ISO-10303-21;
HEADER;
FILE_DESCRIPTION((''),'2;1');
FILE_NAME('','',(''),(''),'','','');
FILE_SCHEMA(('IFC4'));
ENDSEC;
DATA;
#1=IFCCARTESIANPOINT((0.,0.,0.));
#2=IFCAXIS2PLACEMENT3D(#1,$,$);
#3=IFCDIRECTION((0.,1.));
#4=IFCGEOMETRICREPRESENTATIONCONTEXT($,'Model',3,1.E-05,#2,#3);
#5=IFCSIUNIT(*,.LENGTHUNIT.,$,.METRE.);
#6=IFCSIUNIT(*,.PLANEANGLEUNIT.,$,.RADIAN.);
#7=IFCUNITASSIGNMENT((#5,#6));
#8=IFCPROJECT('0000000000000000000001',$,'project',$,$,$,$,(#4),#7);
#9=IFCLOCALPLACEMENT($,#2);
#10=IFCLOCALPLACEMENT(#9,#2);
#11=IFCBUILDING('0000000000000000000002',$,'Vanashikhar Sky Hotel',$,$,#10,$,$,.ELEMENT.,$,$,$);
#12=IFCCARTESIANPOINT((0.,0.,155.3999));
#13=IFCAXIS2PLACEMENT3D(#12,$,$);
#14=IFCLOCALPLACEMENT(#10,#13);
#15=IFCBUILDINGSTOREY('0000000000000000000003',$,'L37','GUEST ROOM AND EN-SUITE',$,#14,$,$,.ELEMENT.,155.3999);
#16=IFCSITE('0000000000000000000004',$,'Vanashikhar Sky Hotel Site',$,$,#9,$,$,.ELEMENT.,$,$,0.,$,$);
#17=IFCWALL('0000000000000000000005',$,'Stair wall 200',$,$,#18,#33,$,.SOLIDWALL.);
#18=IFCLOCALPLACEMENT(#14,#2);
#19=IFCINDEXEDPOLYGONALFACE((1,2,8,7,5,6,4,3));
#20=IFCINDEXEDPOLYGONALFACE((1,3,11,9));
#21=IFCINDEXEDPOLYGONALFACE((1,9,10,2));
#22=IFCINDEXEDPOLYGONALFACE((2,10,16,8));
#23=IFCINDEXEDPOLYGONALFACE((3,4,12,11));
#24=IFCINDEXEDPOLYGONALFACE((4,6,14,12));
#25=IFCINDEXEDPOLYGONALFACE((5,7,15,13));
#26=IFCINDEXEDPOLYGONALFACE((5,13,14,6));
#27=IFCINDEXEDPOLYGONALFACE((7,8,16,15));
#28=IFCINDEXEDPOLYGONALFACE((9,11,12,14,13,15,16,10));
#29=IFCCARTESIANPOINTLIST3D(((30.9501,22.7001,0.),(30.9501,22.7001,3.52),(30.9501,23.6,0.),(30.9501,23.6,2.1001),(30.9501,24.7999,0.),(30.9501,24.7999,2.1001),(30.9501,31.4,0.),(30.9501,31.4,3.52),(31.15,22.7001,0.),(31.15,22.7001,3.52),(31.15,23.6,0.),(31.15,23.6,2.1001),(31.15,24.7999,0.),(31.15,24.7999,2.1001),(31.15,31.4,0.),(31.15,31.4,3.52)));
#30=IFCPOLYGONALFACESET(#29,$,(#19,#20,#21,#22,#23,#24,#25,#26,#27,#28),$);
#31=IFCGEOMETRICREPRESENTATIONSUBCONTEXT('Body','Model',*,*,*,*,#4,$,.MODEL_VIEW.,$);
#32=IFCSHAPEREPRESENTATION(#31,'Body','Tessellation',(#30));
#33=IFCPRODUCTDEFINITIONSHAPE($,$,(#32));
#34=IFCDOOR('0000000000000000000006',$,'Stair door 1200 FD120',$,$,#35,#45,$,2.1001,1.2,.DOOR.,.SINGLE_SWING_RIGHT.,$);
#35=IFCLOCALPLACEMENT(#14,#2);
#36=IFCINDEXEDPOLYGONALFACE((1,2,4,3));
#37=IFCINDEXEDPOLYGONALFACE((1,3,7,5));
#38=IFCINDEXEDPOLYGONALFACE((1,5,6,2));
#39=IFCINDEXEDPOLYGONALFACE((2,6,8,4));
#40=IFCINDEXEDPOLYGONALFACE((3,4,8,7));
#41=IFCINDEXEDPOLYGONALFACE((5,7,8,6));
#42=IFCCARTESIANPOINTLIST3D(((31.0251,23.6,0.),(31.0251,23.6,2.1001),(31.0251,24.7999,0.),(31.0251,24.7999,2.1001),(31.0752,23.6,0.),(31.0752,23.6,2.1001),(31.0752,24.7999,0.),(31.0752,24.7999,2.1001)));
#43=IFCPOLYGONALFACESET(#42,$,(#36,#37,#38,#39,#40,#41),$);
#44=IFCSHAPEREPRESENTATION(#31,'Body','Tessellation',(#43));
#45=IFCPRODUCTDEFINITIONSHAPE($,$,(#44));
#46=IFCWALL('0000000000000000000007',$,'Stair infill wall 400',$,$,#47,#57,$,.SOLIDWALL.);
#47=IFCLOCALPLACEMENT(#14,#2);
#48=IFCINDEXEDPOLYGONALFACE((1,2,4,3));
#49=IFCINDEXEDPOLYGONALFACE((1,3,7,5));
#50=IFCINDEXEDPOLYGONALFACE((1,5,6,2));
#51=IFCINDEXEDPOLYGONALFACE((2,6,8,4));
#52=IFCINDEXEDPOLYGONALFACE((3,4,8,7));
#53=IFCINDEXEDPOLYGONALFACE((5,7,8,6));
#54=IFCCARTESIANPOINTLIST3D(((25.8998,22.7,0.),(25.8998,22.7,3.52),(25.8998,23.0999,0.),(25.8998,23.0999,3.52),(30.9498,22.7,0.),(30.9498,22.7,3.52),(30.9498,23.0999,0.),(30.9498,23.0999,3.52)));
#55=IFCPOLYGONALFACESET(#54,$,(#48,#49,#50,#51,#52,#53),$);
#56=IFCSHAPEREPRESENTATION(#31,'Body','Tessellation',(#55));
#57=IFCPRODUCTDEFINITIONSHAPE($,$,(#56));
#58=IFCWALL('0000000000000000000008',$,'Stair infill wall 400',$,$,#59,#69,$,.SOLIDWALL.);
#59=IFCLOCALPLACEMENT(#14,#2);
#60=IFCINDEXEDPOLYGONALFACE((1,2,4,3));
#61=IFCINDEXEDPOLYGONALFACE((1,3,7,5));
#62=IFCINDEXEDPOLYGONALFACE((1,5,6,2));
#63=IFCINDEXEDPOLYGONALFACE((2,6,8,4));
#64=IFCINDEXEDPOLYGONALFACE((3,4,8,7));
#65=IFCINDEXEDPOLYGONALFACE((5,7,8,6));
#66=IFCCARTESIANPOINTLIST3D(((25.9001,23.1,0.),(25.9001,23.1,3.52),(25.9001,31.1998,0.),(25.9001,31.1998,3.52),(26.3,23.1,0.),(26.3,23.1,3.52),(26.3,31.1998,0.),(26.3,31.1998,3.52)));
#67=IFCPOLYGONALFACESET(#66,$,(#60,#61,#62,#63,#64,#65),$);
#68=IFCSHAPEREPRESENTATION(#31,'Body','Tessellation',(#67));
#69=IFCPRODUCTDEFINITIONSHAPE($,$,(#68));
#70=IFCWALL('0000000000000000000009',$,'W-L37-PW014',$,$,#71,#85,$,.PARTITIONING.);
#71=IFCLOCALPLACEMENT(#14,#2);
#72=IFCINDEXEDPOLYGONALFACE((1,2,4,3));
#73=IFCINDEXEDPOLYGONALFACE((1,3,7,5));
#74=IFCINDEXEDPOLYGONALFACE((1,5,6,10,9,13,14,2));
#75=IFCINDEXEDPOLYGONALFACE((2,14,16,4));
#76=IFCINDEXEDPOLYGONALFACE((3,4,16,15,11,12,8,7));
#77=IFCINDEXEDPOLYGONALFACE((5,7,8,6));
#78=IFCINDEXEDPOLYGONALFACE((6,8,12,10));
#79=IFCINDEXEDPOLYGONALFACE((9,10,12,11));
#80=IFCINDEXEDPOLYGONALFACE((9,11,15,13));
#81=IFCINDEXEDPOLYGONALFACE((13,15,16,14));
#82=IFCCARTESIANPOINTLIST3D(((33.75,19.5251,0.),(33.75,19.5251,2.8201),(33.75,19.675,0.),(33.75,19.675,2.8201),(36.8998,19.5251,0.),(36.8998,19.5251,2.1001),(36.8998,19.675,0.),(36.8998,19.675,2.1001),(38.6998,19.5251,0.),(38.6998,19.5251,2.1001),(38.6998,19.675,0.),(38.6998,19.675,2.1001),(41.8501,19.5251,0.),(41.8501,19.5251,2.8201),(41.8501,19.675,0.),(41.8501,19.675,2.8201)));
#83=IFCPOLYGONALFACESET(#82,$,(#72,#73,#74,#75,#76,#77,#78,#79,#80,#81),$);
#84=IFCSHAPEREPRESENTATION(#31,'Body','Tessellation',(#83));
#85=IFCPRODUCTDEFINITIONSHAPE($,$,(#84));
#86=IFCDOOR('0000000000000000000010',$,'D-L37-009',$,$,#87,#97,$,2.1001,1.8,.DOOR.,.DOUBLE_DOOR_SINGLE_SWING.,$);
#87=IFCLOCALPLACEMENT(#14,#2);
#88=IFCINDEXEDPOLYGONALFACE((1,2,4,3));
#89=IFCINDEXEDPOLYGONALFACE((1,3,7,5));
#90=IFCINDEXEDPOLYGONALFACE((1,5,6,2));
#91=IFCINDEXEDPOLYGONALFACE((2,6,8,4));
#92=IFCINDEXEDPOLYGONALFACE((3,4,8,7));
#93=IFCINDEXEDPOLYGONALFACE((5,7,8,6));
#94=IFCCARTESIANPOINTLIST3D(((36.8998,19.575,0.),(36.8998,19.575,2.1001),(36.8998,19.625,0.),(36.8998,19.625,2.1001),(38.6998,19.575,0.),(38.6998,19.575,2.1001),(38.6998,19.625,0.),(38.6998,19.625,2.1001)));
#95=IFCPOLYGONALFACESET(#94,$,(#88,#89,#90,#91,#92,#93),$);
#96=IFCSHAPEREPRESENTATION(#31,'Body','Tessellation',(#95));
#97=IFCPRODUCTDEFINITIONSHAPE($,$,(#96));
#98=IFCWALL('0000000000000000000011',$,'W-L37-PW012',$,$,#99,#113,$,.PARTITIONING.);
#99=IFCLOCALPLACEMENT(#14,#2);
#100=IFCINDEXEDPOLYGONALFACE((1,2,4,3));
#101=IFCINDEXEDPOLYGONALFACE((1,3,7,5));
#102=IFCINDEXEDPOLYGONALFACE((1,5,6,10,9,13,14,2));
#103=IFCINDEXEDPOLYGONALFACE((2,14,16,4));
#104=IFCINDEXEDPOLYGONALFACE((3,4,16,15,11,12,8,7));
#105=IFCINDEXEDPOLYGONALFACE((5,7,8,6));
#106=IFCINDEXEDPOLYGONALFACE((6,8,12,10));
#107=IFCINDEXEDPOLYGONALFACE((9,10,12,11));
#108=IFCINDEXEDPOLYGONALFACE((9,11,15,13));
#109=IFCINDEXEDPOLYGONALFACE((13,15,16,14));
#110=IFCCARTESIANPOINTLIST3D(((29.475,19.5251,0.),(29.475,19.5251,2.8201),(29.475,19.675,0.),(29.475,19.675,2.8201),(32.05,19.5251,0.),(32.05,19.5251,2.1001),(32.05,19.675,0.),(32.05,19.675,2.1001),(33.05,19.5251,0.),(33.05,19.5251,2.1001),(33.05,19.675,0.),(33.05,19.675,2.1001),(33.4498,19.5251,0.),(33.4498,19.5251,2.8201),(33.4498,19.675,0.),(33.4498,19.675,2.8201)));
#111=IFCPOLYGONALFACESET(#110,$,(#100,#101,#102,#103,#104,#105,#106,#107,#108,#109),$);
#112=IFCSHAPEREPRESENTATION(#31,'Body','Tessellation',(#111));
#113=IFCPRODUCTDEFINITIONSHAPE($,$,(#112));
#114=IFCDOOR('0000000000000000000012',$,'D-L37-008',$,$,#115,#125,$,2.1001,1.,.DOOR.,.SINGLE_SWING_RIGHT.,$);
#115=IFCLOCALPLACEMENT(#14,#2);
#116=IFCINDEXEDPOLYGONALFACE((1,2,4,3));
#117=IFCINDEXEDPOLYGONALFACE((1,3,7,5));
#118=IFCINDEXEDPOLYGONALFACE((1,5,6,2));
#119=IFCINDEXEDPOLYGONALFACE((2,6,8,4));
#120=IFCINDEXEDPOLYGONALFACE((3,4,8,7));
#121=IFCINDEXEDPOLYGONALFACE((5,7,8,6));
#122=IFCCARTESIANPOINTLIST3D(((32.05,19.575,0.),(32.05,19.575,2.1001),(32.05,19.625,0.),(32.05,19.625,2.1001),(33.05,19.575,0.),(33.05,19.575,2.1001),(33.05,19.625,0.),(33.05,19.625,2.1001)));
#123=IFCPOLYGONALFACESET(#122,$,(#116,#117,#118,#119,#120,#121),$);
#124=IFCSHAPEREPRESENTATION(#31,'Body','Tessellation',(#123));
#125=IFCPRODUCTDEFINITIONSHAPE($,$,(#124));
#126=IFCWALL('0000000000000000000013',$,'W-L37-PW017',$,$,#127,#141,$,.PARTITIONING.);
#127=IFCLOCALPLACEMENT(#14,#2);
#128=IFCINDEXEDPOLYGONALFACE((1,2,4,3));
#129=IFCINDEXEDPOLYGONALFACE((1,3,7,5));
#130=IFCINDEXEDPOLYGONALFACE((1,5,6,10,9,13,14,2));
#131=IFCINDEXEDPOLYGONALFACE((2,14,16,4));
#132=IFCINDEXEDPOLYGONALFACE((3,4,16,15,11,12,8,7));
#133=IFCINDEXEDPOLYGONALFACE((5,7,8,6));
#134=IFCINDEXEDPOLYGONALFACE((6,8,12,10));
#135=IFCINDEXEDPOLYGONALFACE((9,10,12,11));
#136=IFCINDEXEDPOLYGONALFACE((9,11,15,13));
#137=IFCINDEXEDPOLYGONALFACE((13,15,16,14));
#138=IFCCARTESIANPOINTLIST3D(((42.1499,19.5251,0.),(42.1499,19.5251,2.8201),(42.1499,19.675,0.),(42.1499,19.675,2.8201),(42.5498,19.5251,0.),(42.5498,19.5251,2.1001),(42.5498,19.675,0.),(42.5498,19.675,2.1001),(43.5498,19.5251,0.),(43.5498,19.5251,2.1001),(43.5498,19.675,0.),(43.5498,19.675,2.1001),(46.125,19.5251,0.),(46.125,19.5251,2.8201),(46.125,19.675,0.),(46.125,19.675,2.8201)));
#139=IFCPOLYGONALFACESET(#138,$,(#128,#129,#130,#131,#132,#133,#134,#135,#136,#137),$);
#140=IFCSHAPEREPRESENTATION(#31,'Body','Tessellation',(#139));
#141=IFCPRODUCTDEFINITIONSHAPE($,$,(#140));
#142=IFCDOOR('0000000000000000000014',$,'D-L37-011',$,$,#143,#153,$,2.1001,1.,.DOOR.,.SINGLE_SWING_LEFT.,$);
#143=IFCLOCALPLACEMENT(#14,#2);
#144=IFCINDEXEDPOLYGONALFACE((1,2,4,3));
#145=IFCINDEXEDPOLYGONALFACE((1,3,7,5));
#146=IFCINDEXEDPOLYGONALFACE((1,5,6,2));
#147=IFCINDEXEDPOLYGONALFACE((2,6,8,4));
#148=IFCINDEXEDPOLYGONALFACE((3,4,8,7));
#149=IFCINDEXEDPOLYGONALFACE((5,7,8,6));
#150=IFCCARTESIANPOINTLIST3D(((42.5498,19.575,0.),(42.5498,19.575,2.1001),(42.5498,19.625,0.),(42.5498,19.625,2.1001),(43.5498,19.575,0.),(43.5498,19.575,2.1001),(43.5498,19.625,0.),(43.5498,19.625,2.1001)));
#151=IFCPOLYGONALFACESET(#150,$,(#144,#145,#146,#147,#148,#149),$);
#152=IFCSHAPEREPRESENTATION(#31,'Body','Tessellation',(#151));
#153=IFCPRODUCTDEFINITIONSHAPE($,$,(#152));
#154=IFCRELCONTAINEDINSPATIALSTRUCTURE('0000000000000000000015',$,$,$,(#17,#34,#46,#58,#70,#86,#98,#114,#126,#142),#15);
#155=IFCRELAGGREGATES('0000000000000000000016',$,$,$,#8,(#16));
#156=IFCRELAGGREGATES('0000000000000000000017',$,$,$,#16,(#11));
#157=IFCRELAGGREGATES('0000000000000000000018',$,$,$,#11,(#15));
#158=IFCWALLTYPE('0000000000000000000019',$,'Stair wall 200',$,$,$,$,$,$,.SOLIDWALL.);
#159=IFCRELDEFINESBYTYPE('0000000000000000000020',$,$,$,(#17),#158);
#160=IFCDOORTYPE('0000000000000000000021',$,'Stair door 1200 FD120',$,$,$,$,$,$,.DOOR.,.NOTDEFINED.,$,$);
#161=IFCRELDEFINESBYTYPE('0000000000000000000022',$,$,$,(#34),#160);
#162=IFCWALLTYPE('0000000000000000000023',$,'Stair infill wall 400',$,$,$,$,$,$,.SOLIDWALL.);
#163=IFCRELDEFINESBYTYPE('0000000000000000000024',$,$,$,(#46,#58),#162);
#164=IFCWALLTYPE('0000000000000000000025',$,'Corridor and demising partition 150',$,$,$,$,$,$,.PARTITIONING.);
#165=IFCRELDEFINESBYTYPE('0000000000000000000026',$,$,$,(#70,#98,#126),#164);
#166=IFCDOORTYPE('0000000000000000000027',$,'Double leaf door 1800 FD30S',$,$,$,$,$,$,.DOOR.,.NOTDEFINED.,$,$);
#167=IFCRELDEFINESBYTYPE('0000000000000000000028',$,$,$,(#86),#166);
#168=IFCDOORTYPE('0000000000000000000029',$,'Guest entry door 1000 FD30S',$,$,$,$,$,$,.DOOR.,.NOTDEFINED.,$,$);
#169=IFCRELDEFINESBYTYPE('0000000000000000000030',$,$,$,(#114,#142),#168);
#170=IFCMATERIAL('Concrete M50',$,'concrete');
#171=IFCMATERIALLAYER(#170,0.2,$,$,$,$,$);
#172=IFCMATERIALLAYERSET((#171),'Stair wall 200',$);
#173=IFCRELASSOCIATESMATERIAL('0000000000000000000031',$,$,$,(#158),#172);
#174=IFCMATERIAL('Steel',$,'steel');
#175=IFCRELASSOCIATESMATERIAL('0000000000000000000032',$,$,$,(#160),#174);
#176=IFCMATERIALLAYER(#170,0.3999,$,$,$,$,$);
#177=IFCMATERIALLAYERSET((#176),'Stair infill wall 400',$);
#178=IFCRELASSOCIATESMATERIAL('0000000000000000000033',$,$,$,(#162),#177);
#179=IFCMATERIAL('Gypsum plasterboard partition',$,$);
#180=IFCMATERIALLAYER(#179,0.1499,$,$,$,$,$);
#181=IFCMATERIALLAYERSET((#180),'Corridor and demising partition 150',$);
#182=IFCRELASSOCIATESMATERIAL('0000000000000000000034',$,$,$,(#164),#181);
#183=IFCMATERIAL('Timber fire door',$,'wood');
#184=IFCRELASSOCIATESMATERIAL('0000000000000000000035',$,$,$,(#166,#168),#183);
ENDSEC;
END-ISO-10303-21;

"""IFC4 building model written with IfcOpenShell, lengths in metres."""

from ifc_helpers import new_model, si_unit, direction, frame, frame_2d, origin, place, context, subcontext, project, spatial, rectangle, extrude, source, transform, mapped, material, layer, layer_set, type_object, element, fill, save


model = new_model("IFC4")

# Units and contexts
model_context = context("Model", 3, precision=1e-05, world=origin(), true_north=direction((0.0, 1.0)))
body_context = subcontext(model_context, "Body", "Model", "MODEL_VIEW")
ifc_project = project(units=[si_unit("LENGTHUNIT", "METRE"), si_unit("PLANEANGLEUNIT", "RADIAN")], contexts=[model_context])

# Site, building, storey
site_placement = place(None, origin())
site = spatial("IfcSite", under=ifc_project, at=site_placement, Name="Vanashikhar Sky Hotel Site", CompositionType="ELEMENT", RefElevation=0.0)
building_placement = place(site_placement, origin())
building = spatial("IfcBuilding", under=site, at=building_placement, Name="Vanashikhar Sky Hotel", CompositionType="ELEMENT")
storey_placement = place(building_placement, frame((0.0, 0.0, 155.3999)))
storey = spatial("IfcBuildingStorey", under=building, at=storey_placement, Name="L37", Description="GUEST ROOM AND EN-SUITE", CompositionType="ELEMENT", Elevation=155.3999)

# Shared definitions
ifc_material_1 = material(Name="Steel", Category="steel")

# Wall, opening, door
ifc_material_2 = material(Name="Concrete M50", Category="concrete")
ifc_layer_1 = layer(ifc_material_2, 0.2)
ifc_layer_set_1 = layer_set([ifc_layer_1], Name="Stair wall 200")
wall_type_1 = type_object("IfcWallType", Name="Stair wall 200", PredefinedType="SOLIDWALL", material=ifc_layer_set_1)
shared_shape_1 = source(origin(), body_context, "Body", "SweptSolid", [
    extrude(rectangle(XDim=8.7, YDim=0.2, at=frame_2d((4.3501, 0.0))), origin(), (0.0, 0.0, 1.0), 3.52),
])
wall_1_placement = place(storey_placement, frame((31.05, 22.7, 0.0), z_axis=(0.0, 0.0, 1.0), x_axis=(0.0, 1.0, 0.0)))
wall_1 = element("IfcWall", 1, at=wall_1_placement, inside=storey, type_object=wall_type_1, Name="Stair wall 200", PredefinedType="SOLIDWALL", context=body_context, shape_type="MappedRepresentation", body=[
    mapped(shared_shape_1, transform((0.0, 0.0, 0.0), scale=1.0)),
])
shared_shape_2 = source(origin(), body_context, "Body", "SweptSolid", [
    extrude(rectangle(XDim=1.2, YDim=2.1001, at=frame_2d((0.6001, 1.05))), frame((0.0, 0.1099, 0.0), z_axis=(0.0, -1.0, 0.0), x_axis=(1.0, 0.0, 0.0)), (0.0, 0.0, 1.0), 0.22),
])
opening_1_placement = place(wall_1_placement, frame((0.8999, 0.0, 0.0)))
opening_1 = element("IfcOpeningElement", 2, at=opening_1_placement, cuts=wall_1, PredefinedType="OPENING", context=body_context, shape_type="MappedRepresentation", body=[
    mapped(shared_shape_2, transform((0.0, 0.0, 0.0), scale=1.0)),
])
door_type_1 = type_object("IfcDoorType", Name="Stair door 1200 FD120", OperationType="NOTDEFINED", PredefinedType="DOOR", material=ifc_material_1)
shared_shape_3 = source(origin(), body_context, "Body", "SweptSolid", [
    extrude(rectangle(XDim=1.2, YDim=2.1001, at=frame_2d((0.6001, 1.05))), frame((0.0, 0.0249, 0.0), z_axis=(0.0, -1.0, 0.0), x_axis=(1.0, 0.0, 0.0)), (0.0, 0.0, 1.0), 0.05),
])
door_1_placement = place(opening_1_placement, origin())
door_1 = element("IfcDoor", 3, at=door_1_placement, inside=storey, type_object=door_type_1, Name="Stair door 1200 FD120", OperationType="SINGLE_SWING_RIGHT", OverallHeight=2.1001, OverallWidth=1.2, PredefinedType="DOOR", context=body_context, shape_type="MappedRepresentation", body=[
    mapped(shared_shape_3, transform((0.0, 0.0, 0.0), scale=1.0)),
])
fill(opening_1, door_1)

# Walls
ifc_layer_2 = layer(ifc_material_2, 0.3999)
ifc_layer_set_2 = layer_set([ifc_layer_2], Name="Stair infill wall 400")
wall_type_2 = type_object("IfcWallType", Name="Stair infill wall 400", PredefinedType="SOLIDWALL", material=ifc_layer_set_2)
shared_shape_4 = source(origin(), body_context, "Body", "SweptSolid", [
    extrude(rectangle(XDim=5.05, YDim=0.3999, at=frame_2d((2.5249, 0.0))), origin(), (0.0, 0.0, 1.0), 3.52),
])
wall_2_placement = place(storey_placement, frame((25.8999, 22.8999, 0.0), z_axis=(0.0, 0.0, 1.0), x_axis=(1.0, 0.0, 0.0)))
element("IfcWall", 4, at=wall_2_placement, inside=storey, type_object=wall_type_2, Name="Stair infill wall 400", PredefinedType="SOLIDWALL", context=body_context, shape_type="MappedRepresentation", body=[
    mapped(shared_shape_4, transform((0.0, 0.0, 0.0), scale=1.0)),
])
shared_shape_5 = source(origin(), body_context, "Body", "SweptSolid", [
    extrude(rectangle(XDim=8.0999, YDim=0.3999, at=frame_2d((4.0498, 0.0))), origin(), (0.0, 0.0, 1.0), 3.52),
])
wall_3_placement = place(storey_placement, frame((26.1001, 23.1001, 0.0), z_axis=(0.0, 0.0, 1.0), x_axis=(0.0, 1.0, 0.0)))
element("IfcWall", 5, at=wall_3_placement, inside=storey, type_object=wall_type_2, Name="Stair infill wall 400", PredefinedType="SOLIDWALL", context=body_context, shape_type="MappedRepresentation", body=[
    mapped(shared_shape_5, transform((0.0, 0.0, 0.0), scale=1.0)),
])

# Walls, openings, doors
ifc_material_3 = material(Name="Gypsum plasterboard partition")
ifc_layer_3 = layer(ifc_material_3, 0.1499)
ifc_layer_set_3 = layer_set([ifc_layer_3], Name="Corridor and demising partition 150")
wall_type_3 = type_object("IfcWallType", Name="Corridor and demising partition 150", PredefinedType="PARTITIONING", material=ifc_layer_set_3)
shared_shape_6 = source(origin(), body_context, "Body", "SweptSolid", [
    extrude(rectangle(XDim=8.1001, YDim=0.1499, at=frame_2d((4.05, 0.0))), origin(), (0.0, 0.0, 1.0), 2.8201),
])
wall_4_placement = place(storey_placement, frame((33.75, 19.6001, 0.0), z_axis=(0.0, 0.0, 1.0), x_axis=(1.0, 0.0, 0.0)))
wall_4 = element("IfcWall", 6, at=wall_4_placement, inside=storey, type_object=wall_type_3, Name="W-L37-PW014", PredefinedType="PARTITIONING", context=body_context, shape_type="MappedRepresentation", body=[
    mapped(shared_shape_6, transform((0.0, 0.0, 0.0), scale=1.0)),
])
shared_shape_7 = source(origin(), body_context, "Body", "SweptSolid", [
    extrude(rectangle(XDim=1.8, YDim=2.1001, at=frame_2d((0.8999, 1.05))), frame((0.0, 0.085, 0.0), z_axis=(0.0, -1.0, 0.0), x_axis=(1.0, 0.0, 0.0)), (0.0, 0.0, 1.0), 0.1699),
])
opening_2_placement = place(wall_4_placement, frame((3.1499, 0.0, 0.0)))
opening_2 = element("IfcOpeningElement", 7, at=opening_2_placement, cuts=wall_4, PredefinedType="OPENING", context=body_context, shape_type="MappedRepresentation", body=[
    mapped(shared_shape_7, transform((0.0, 0.0, 0.0), scale=1.0)),
])
ifc_material_4 = material(Name="Timber fire door", Category="wood")
door_type_2 = type_object("IfcDoorType", Name="Double leaf door 1800 FD30S", OperationType="NOTDEFINED", PredefinedType="DOOR", material=ifc_material_4)
shared_shape_8 = source(origin(), body_context, "Body", "SweptSolid", [
    extrude(rectangle(XDim=1.8, YDim=2.1001, at=frame_2d((0.8999, 1.05))), frame((0.0, 0.0249, 0.0), z_axis=(0.0, -1.0, 0.0), x_axis=(1.0, 0.0, 0.0)), (0.0, 0.0, 1.0), 0.05),
])
door_2_placement = place(opening_2_placement, origin())
door_2 = element("IfcDoor", 8, at=door_2_placement, inside=storey, type_object=door_type_2, Name="D-L37-009", OperationType="DOUBLE_DOOR_SINGLE_SWING", OverallHeight=2.1001, OverallWidth=1.8, PredefinedType="DOOR", context=body_context, shape_type="MappedRepresentation", body=[
    mapped(shared_shape_8, transform((0.0, 0.0, 0.0), scale=1.0)),
])
fill(opening_2, door_2)
shared_shape_9 = source(origin(), body_context, "Body", "SweptSolid", [
    extrude(rectangle(XDim=3.9749, YDim=0.1499, at=frame_2d((1.9873, 0.0))), origin(), (0.0, 0.0, 1.0), 2.8201),
])
wall_5_placement = place(storey_placement, frame((29.4751, 19.6001, 0.0), z_axis=(0.0, 0.0, 1.0), x_axis=(1.0, 0.0, 0.0)))
wall_5 = element("IfcWall", 9, at=wall_5_placement, inside=storey, type_object=wall_type_3, Name="W-L37-PW012", PredefinedType="PARTITIONING", context=body_context, shape_type="MappedRepresentation", body=[
    mapped(shared_shape_9, transform((0.0, 0.0, 0.0), scale=1.0)),
])
shared_shape_10 = source(origin(), body_context, "Body", "SweptSolid", [
    extrude(rectangle(XDim=1.0, YDim=2.1001, at=frame_2d((0.5, 1.05))), frame((0.0, 0.085, 0.0), z_axis=(0.0, -1.0, 0.0), x_axis=(1.0, 0.0, 0.0)), (0.0, 0.0, 1.0), 0.1699),
])
opening_3_placement = place(wall_5_placement, frame((2.575, 0.0, 0.0)))
opening_3 = element("IfcOpeningElement", 10, at=opening_3_placement, cuts=wall_5, PredefinedType="OPENING", context=body_context, shape_type="MappedRepresentation", body=[
    mapped(shared_shape_10, transform((0.0, 0.0, 0.0), scale=1.0)),
])
door_type_3 = type_object("IfcDoorType", Name="Guest entry door 1000 FD30S", OperationType="NOTDEFINED", PredefinedType="DOOR", material=ifc_material_4)
shared_shape_11 = source(origin(), body_context, "Body", "SweptSolid", [
    extrude(rectangle(XDim=1.0, YDim=2.1001, at=frame_2d((0.5, 1.05))), frame((0.0, 0.0249, 0.0), z_axis=(0.0, -1.0, 0.0), x_axis=(1.0, 0.0, 0.0)), (0.0, 0.0, 1.0), 0.05),
])
door_3_placement = place(opening_3_placement, origin())
door_3 = element("IfcDoor", 11, at=door_3_placement, inside=storey, type_object=door_type_3, Name="D-L37-008", OperationType="SINGLE_SWING_RIGHT", OverallHeight=2.1001, OverallWidth=1.0, PredefinedType="DOOR", context=body_context, shape_type="MappedRepresentation", body=[
    mapped(shared_shape_11, transform((0.0, 0.0, 0.0), scale=1.0)),
])
fill(opening_3, door_3)
shared_shape_12 = source(origin(), body_context, "Body", "SweptSolid", [
    extrude(rectangle(XDim=3.9751, YDim=0.1499, at=frame_2d((1.9875, 0.0))), origin(), (0.0, 0.0, 1.0), 2.8201),
])
wall_6_placement = place(storey_placement, frame((42.1499, 19.6001, 0.0), z_axis=(0.0, 0.0, 1.0), x_axis=(1.0, 0.0, 0.0)))
wall_6 = element("IfcWall", 12, at=wall_6_placement, inside=storey, type_object=wall_type_3, Name="W-L37-PW017", PredefinedType="PARTITIONING", context=body_context, shape_type="MappedRepresentation", body=[
    mapped(shared_shape_12, transform((0.0, 0.0, 0.0), scale=1.0)),
])
opening_4_placement = place(wall_6_placement, frame((0.3999, 0.0, 0.0)))
opening_4 = element("IfcOpeningElement", 13, at=opening_4_placement, cuts=wall_6, PredefinedType="OPENING", context=body_context, shape_type="MappedRepresentation", body=[
    mapped(shared_shape_10, transform((0.0, 0.0, 0.0), scale=1.0)),
])
door_4_placement = place(opening_4_placement, origin())
door_4 = element("IfcDoor", 14, at=door_4_placement, inside=storey, type_object=door_type_3, Name="D-L37-011", OperationType="SINGLE_SWING_LEFT", OverallHeight=2.1001, OverallWidth=1.0, PredefinedType="DOOR", context=body_context, shape_type="MappedRepresentation", body=[
    mapped(shared_shape_11, transform((0.0, 0.0, 0.0), scale=1.0)),
])
fill(opening_4, door_4)

save(model, "model.ifc")
